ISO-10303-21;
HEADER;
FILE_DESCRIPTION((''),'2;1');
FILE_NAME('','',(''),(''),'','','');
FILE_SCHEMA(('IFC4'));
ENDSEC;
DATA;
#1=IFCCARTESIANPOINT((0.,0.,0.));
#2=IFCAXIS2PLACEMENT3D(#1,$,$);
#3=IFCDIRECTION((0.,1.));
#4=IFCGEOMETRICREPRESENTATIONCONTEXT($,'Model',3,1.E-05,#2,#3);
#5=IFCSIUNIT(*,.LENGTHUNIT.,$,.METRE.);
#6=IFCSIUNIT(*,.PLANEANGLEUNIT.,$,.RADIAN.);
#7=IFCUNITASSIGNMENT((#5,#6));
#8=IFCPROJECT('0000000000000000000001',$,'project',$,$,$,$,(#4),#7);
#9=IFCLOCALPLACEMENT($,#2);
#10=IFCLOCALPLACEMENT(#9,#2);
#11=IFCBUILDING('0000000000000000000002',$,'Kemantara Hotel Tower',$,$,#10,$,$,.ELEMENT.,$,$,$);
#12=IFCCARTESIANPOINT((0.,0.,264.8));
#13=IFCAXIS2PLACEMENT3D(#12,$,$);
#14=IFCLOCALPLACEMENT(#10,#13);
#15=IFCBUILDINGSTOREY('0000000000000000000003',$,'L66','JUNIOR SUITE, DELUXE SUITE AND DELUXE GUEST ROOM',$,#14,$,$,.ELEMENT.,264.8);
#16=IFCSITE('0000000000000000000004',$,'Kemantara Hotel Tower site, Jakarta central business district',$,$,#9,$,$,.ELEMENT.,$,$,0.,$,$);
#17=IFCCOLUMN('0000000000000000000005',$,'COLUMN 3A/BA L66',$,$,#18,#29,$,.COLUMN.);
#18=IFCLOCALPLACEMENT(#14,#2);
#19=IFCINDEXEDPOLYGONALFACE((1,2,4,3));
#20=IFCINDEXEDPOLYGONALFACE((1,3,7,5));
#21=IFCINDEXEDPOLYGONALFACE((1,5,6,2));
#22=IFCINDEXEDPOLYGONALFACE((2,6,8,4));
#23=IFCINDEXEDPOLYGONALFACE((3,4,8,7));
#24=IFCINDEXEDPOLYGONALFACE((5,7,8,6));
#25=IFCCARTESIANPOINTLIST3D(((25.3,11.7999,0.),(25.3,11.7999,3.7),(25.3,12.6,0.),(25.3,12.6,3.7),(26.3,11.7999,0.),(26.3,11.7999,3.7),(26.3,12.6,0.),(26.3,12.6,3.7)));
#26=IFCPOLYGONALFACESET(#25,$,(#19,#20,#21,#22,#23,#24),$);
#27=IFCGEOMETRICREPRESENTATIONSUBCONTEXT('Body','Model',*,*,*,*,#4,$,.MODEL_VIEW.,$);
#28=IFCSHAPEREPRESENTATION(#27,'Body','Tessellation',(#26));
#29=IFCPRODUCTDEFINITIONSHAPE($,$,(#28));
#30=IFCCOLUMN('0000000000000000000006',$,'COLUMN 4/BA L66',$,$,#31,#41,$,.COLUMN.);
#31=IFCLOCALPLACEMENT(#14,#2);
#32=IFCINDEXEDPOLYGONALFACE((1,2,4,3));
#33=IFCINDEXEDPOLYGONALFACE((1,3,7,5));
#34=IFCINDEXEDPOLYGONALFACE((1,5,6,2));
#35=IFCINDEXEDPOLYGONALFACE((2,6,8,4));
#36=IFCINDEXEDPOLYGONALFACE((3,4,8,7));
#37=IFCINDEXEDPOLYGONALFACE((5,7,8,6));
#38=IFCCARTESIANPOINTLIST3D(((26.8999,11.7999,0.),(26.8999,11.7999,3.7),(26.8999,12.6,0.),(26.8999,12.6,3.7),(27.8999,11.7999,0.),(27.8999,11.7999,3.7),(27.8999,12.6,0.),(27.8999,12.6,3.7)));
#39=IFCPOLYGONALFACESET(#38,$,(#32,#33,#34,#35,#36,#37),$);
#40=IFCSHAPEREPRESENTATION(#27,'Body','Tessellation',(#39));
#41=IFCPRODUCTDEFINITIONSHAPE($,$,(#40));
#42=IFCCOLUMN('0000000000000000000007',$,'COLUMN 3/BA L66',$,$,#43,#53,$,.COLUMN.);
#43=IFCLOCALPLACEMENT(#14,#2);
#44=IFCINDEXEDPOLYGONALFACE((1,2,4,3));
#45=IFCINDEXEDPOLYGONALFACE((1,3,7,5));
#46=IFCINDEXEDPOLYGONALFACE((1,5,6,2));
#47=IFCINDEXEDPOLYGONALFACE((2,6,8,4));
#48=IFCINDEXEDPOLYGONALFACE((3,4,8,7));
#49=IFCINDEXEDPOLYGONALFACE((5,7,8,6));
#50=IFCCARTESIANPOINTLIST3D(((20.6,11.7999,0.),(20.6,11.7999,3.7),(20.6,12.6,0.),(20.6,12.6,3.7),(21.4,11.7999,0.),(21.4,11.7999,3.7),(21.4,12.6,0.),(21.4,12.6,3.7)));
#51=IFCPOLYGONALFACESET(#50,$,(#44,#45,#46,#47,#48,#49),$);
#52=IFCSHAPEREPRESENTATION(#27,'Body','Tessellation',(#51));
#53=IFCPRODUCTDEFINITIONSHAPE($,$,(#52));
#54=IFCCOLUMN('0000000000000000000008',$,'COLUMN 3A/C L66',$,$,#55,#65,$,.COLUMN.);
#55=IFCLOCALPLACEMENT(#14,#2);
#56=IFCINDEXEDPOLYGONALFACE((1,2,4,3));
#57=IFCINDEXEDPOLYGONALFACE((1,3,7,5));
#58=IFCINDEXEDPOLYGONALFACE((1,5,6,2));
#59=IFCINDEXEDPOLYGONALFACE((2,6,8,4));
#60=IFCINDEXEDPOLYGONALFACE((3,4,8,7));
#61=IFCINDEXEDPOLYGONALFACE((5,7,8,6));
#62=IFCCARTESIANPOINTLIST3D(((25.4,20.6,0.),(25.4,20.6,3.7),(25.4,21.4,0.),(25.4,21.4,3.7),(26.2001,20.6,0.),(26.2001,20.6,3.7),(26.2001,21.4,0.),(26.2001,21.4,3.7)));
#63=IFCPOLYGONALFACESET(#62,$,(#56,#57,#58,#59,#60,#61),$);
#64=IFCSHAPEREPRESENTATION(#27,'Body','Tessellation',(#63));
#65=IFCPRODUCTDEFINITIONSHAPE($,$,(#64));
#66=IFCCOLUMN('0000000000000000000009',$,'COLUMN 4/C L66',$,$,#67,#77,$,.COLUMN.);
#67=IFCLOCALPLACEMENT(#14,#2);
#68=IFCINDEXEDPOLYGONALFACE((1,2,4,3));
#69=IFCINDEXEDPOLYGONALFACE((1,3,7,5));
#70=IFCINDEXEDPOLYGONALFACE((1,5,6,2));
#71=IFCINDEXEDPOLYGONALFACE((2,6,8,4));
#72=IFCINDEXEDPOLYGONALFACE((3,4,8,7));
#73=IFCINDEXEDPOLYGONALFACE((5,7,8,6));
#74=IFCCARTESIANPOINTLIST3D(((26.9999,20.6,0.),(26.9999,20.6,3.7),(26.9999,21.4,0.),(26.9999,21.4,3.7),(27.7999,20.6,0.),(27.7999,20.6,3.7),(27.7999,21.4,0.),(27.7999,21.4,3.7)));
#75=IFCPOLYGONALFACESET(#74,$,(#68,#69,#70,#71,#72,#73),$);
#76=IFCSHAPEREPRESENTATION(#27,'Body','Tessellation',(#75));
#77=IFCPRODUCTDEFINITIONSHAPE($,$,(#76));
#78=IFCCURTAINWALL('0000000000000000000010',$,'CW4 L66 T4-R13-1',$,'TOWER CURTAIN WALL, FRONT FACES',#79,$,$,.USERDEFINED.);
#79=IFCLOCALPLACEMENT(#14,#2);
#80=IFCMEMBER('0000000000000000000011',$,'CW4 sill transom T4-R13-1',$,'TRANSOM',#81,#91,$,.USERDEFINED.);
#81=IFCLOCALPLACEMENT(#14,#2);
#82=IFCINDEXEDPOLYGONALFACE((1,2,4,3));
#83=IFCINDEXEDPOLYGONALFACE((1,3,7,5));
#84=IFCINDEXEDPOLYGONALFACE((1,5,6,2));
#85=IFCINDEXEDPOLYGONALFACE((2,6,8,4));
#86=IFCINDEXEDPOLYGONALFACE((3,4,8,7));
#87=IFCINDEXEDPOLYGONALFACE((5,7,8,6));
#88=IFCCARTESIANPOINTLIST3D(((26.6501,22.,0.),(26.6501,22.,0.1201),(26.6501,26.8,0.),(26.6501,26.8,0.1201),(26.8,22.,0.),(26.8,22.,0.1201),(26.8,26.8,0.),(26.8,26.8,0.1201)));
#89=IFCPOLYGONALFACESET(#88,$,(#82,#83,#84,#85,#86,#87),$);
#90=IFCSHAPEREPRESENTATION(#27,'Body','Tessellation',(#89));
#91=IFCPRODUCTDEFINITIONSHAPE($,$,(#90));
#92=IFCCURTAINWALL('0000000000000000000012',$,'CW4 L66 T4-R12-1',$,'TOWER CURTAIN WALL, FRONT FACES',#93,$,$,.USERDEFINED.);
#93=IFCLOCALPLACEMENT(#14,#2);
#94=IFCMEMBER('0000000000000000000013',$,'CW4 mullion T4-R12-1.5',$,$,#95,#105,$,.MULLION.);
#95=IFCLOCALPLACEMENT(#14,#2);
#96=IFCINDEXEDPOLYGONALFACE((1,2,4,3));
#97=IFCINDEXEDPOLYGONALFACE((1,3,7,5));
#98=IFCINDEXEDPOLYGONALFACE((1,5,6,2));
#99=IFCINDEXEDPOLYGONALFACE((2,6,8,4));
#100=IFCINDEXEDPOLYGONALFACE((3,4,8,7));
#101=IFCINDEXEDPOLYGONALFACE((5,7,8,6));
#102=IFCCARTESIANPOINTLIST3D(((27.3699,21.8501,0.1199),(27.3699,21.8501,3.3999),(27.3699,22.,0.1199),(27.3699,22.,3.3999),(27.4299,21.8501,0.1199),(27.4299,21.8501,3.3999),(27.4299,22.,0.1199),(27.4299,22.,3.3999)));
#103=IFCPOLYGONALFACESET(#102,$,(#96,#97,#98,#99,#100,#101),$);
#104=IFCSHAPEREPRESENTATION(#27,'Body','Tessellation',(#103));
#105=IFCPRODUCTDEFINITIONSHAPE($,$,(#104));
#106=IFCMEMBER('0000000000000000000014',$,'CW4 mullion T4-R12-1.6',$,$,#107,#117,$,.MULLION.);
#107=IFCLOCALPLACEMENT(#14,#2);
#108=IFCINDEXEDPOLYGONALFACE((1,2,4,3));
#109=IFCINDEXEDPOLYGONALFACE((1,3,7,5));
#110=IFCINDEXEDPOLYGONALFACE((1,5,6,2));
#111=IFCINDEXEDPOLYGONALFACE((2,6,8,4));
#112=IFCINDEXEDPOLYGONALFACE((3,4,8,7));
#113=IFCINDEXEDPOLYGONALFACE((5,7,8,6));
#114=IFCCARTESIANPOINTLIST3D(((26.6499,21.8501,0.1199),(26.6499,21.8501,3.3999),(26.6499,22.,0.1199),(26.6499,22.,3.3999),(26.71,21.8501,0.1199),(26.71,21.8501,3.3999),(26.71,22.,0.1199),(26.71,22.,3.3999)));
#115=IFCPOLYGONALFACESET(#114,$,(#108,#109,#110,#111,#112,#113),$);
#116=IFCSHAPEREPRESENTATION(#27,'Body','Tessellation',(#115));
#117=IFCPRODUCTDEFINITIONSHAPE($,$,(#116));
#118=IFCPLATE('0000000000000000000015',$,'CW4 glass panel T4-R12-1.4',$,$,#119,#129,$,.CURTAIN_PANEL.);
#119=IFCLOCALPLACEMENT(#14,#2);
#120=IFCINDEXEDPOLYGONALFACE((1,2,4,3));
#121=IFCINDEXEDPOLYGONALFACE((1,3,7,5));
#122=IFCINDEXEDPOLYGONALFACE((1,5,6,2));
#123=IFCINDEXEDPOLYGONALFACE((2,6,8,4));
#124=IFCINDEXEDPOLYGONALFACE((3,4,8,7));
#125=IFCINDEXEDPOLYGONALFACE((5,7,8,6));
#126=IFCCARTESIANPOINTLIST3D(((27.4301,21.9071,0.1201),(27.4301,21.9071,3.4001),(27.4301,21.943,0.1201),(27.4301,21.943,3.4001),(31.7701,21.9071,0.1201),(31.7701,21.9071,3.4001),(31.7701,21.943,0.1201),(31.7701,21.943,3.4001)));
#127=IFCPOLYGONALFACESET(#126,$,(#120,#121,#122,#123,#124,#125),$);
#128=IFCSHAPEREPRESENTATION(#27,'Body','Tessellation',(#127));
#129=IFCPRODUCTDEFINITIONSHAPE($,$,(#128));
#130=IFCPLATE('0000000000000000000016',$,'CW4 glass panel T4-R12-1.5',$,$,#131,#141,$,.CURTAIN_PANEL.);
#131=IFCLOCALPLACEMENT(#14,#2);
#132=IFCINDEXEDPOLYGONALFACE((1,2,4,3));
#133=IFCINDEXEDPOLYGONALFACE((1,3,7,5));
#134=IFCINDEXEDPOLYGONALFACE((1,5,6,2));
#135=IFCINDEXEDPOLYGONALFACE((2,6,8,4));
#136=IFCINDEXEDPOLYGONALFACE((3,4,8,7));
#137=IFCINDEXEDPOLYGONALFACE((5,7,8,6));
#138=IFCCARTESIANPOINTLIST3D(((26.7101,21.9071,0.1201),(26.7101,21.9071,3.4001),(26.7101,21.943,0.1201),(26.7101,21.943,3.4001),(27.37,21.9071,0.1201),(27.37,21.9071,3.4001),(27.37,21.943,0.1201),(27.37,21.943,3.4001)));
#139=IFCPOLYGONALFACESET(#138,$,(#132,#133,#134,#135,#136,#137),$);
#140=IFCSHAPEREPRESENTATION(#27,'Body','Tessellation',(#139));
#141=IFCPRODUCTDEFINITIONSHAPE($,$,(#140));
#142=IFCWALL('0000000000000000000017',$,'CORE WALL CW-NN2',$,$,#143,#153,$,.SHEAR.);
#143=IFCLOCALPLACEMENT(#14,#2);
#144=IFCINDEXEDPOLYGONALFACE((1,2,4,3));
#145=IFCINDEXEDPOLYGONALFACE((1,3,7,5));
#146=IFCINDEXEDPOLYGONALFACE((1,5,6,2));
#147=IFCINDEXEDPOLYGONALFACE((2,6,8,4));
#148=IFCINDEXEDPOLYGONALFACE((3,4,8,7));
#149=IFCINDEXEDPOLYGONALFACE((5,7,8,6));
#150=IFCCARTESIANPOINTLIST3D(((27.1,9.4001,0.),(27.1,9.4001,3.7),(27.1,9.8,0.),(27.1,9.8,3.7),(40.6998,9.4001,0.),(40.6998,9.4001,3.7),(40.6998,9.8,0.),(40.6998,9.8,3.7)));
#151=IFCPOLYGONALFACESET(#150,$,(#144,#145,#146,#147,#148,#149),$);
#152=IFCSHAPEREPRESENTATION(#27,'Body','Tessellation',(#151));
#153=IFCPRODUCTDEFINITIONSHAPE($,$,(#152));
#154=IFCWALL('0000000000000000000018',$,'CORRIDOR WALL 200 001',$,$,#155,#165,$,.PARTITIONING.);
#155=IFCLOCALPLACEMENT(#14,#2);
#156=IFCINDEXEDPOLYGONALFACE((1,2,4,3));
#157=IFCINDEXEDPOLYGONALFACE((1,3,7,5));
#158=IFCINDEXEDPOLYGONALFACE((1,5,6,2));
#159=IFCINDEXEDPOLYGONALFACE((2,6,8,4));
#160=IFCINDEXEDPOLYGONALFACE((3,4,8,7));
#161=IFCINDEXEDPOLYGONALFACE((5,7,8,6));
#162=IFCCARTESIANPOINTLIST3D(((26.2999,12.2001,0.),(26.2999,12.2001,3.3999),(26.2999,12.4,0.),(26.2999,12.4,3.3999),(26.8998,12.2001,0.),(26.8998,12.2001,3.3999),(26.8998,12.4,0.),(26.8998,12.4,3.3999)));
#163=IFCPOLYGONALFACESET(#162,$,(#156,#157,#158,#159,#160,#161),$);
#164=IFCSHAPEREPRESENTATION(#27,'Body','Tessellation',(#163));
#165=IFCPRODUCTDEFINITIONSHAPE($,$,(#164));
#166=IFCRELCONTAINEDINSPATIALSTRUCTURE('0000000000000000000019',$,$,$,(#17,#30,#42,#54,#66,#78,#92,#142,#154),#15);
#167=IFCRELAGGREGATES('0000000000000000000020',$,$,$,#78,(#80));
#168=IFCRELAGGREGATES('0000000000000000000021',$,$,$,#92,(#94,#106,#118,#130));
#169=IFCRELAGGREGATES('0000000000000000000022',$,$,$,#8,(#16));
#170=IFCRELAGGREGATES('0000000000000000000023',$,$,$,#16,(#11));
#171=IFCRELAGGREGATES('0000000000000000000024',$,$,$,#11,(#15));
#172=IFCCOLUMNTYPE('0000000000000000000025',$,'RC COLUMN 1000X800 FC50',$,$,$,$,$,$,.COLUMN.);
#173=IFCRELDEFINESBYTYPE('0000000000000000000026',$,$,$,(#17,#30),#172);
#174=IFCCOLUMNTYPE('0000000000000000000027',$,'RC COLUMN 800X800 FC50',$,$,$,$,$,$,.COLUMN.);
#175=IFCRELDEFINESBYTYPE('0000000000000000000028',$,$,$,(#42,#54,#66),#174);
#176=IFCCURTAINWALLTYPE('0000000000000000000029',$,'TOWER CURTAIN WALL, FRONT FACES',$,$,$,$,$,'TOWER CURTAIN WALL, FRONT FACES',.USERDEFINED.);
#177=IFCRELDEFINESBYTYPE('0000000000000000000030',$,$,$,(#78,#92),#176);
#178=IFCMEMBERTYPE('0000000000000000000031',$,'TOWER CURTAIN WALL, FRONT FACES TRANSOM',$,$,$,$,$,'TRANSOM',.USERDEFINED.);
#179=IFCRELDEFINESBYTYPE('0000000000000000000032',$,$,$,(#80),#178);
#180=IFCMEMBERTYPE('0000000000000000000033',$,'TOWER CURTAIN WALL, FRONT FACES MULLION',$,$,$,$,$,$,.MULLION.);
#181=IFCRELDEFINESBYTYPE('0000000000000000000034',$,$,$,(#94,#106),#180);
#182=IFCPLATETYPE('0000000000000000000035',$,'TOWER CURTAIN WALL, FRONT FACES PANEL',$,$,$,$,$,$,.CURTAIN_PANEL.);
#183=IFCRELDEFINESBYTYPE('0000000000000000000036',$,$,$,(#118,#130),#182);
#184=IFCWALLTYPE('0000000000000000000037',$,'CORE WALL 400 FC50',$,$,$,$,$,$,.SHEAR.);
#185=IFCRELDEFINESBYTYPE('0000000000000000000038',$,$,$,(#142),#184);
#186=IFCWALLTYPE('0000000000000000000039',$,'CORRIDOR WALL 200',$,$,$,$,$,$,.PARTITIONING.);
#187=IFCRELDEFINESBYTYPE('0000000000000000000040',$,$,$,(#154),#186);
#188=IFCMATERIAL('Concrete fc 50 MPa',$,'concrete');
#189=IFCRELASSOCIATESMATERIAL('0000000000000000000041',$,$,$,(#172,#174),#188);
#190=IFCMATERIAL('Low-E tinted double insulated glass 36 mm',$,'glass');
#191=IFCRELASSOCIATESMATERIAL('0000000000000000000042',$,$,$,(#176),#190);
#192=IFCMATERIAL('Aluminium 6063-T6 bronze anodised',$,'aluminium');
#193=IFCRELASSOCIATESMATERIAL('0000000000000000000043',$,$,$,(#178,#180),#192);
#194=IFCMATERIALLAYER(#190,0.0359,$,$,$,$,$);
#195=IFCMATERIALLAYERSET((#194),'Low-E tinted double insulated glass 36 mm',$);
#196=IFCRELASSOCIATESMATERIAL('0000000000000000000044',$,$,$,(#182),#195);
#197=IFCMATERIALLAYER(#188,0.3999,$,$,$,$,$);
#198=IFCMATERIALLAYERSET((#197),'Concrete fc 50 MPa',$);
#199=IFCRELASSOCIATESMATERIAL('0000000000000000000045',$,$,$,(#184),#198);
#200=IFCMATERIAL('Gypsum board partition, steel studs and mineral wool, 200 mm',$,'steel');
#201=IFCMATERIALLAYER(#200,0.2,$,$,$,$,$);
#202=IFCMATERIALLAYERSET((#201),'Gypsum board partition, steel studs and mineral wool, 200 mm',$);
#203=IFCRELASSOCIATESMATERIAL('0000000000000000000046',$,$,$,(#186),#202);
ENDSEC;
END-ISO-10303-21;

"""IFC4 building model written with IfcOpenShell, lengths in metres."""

from ifc_helpers import new_model, si_unit, direction, frame, frame_2d, origin, origin_2d, place, context, subcontext, project, spatial, rectangle, extrude, source, transform, mapped, material, layer, layer_set, material_profile, profile_set, type_object, element, aggregate, save


model = new_model("IFC4")

# Units and contexts
model_context = context("Model", 3, precision=1e-05, world=origin(), true_north=direction((0.0, 1.0)))
body_context = subcontext(model_context, "Body", "Model", "MODEL_VIEW")
ifc_project = project(units=[si_unit("LENGTHUNIT", "METRE"), si_unit("PLANEANGLEUNIT", "RADIAN")], contexts=[model_context])

# Site, building, storey
site_placement = place(None, origin())
site = spatial("IfcSite", under=ifc_project, at=site_placement, Name="Kemantara Hotel Tower site, Jakarta central business district", CompositionType="ELEMENT", RefElevation=0.0)
building_placement = place(site_placement, origin())
building = spatial("IfcBuilding", under=site, at=building_placement, Name="Kemantara Hotel Tower", CompositionType="ELEMENT")
storey_placement = place(building_placement, frame((0.0, 0.0, 264.8)))
storey = spatial("IfcBuildingStorey", under=building, at=storey_placement, Name="L66", Description="JUNIOR SUITE, DELUXE SUITE AND DELUXE GUEST ROOM", CompositionType="ELEMENT", Elevation=264.8)

# Columns
ifc_material_1 = material(Name="Concrete fc 50 MPa", Category="concrete")
ifc_material_profile_1 = material_profile(ifc_material_1, rectangle(XDim=1.0, YDim=0.8, at=origin_2d()), Name="RC 1000X800")
ifc_profile_set_1 = profile_set([ifc_material_profile_1], Name="Concrete fc 50 MPa")
column_type_1 = type_object("IfcColumnType", Name="RC COLUMN 1000X800 FC50", PredefinedType="COLUMN", material=ifc_profile_set_1)
for number, where, z_axis, x_axis, name in (
    (1, (25.8, 12.2, 0.0), (0.0, 0.0, 1.0), (1.0, 0.0, 0.0), "COLUMN 3A/BA L66"),
    (2, (27.3999, 12.2, 0.0), (0.0, 0.0, 1.0), (1.0, 0.0, 0.0), "COLUMN 4/BA L66"),
):
    element("IfcColumn", number, at=place(storey_placement, frame(where, z_axis=z_axis, x_axis=x_axis)), inside=storey, type_object=column_type_1, Name=name, PredefinedType="COLUMN", context=body_context, shape_type="SweptSolid", body=[
        extrude(rectangle(XDim=1.0, YDim=0.8, at=origin_2d()), origin(), (0.0, 0.0, 1.0), 3.7),
    ])
ifc_material_profile_2 = material_profile(ifc_material_1, rectangle(XDim=0.8, YDim=0.8, at=origin_2d()), Name="RC 800X800")
ifc_profile_set_2 = profile_set([ifc_material_profile_2], Name="Concrete fc 50 MPa")
column_type_2 = type_object("IfcColumnType", Name="RC COLUMN 800X800 FC50", PredefinedType="COLUMN", material=ifc_profile_set_2)
for number, where, z_axis, x_axis, name in (
    (3, (21.0, 12.2, 0.0), (0.0, 0.0, 1.0), (1.0, 0.0, 0.0), "COLUMN 3/BA L66"),
    (4, (25.8, 21.0, 0.0), (0.0, 0.0, 1.0), (1.0, 0.0, 0.0), "COLUMN 3A/C L66"),
    (5, (27.3999, 21.0, 0.0), (0.0, 0.0, 1.0), (1.0, 0.0, 0.0), "COLUMN 4/C L66"),
):
    element("IfcColumn", number, at=place(storey_placement, frame(where, z_axis=z_axis, x_axis=x_axis)), inside=storey, type_object=column_type_2, Name=name, PredefinedType="COLUMN", context=body_context, shape_type="SweptSolid", body=[
        extrude(rectangle(XDim=0.8, YDim=0.8, at=origin_2d()), origin(), (0.0, 0.0, 1.0), 3.7),
    ])

# Curtain wall, member
ifc_material_2 = material(Name="Low-E tinted double insulated glass 36 mm", Category="glass")
curtain_wall_type = type_object("IfcCurtainWallType", Name="TOWER CURTAIN WALL, FRONT FACES", ElementType="TOWER CURTAIN WALL, FRONT FACES", PredefinedType="USERDEFINED", material=ifc_material_2)
curtain_wall_1_placement = place(storey_placement, origin())
curtain_wall_1 = element("IfcCurtainWall", 6, at=curtain_wall_1_placement, inside=storey, type_object=curtain_wall_type, Name="CW4 L66 T4-R13-1", ObjectType="TOWER CURTAIN WALL, FRONT FACES", PredefinedType="USERDEFINED")
ifc_material_3 = material(Name="Aluminium 6063-T6 bronze anodised", Category="aluminium")
ifc_material_profile_3 = material_profile(ifc_material_3, rectangle(XDim=0.1499, YDim=0.1201, at=origin_2d()), Name="TOWER CURTAIN WALL, FRONT FACES TRANSOM")
ifc_profile_set_3 = profile_set([ifc_material_profile_3], Name="Aluminium 6063-T6 bronze anodised")
member_type_1 = type_object("IfcMemberType", Name="TOWER CURTAIN WALL, FRONT FACES TRANSOM", ElementType="TRANSOM", PredefinedType="USERDEFINED", material=ifc_profile_set_3)
member_1_placement = place(storey_placement, frame((26.7251, 22.0, 0.0601), z_axis=(0.0, 1.0, 0.0), x_axis=(-1.0, 0.0, 0.0)))
member_1 = element("IfcMember", 7, at=member_1_placement, type_object=member_type_1, Name="CW4 sill transom T4-R13-1", ObjectType="TRANSOM", PredefinedType="USERDEFINED", context=body_context, shape_type="SweptSolid", body=[
    extrude(rectangle(XDim=0.1499, YDim=0.1201, at=origin_2d()), origin(), (0.0, 0.0, 1.0), 4.8),
])
aggregate(curtain_wall_1, [member_1])

# Curtain wall, members, plates
curtain_wall_2_placement = place(storey_placement, origin())
curtain_wall_2 = element("IfcCurtainWall", 8, at=curtain_wall_2_placement, inside=storey, type_object=curtain_wall_type, Name="CW4 L66 T4-R12-1", ObjectType="TOWER CURTAIN WALL, FRONT FACES", PredefinedType="USERDEFINED")
ifc_material_profile_4 = material_profile(ifc_material_3, rectangle(XDim=0.1499, YDim=0.0601, at=origin_2d()), Name="TOWER CURTAIN WALL, FRONT FACES MULLION")
ifc_profile_set_4 = profile_set([ifc_material_profile_4], Name="Aluminium 6063-T6 bronze anodised")
member_type_2 = type_object("IfcMemberType", Name="TOWER CURTAIN WALL, FRONT FACES MULLION", PredefinedType="MULLION", material=ifc_profile_set_4)
shared_shape_1 = source(origin(), body_context, "Body", "SweptSolid", [
    extrude(rectangle(XDim=0.1499, YDim=0.0601, at=origin_2d()), origin(), (0.0, 0.0, 1.0), 3.28),
])
member_2_placement = place(storey_placement, frame((27.3999, 21.925, 0.1199), z_axis=(0.0, 0.0, 1.0), x_axis=(0.0, -1.0, 0.0)))
member_2 = element("IfcMember", 9, at=member_2_placement, type_object=member_type_2, Name="CW4 mullion T4-R12-1.5", PredefinedType="MULLION", context=body_context, shape_type="MappedRepresentation", body=[
    mapped(shared_shape_1, transform((0.0, 0.0, 0.0))),
])
member_3_placement = place(storey_placement, frame((26.6799, 21.925, 0.1199), z_axis=(0.0, 0.0, 1.0), x_axis=(0.0, -1.0, 0.0)))
member_3 = element("IfcMember", 10, at=member_3_placement, type_object=member_type_2, Name="CW4 mullion T4-R12-1.6", PredefinedType="MULLION", context=body_context, shape_type="MappedRepresentation", body=[
    mapped(shared_shape_1, transform((0.0, 0.0, 0.0))),
])
ifc_layer_1 = layer(ifc_material_2, 0.0359)
ifc_layer_set_1 = layer_set([ifc_layer_1], Name="Low-E tinted double insulated glass 36 mm")
plate_type = type_object("IfcPlateType", Name="TOWER CURTAIN WALL, FRONT FACES PANEL", PredefinedType="CURTAIN_PANEL", material=ifc_layer_set_1)
shared_shape_2 = source(origin(), body_context, "Body", "SweptSolid", [
    extrude(rectangle(XDim=4.3401, YDim=0.0359, at=origin_2d()), origin(), (0.0, 0.0, 1.0), 3.28),
])
plate_1_placement = place(storey_placement, frame((29.6001, 21.925, 0.1201), z_axis=(0.0, 0.0, 1.0), x_axis=(-1.0, 0.0, 0.0)))
plate_1 = element("IfcPlate", 11, at=plate_1_placement, type_object=plate_type, Name="CW4 glass panel T4-R12-1.4", PredefinedType="CURTAIN_PANEL", context=body_context, shape_type="MappedRepresentation", body=[
    mapped(shared_shape_2, transform((0.0, 0.0, 0.0))),
])
shared_shape_3 = source(origin(), body_context, "Body", "SweptSolid", [
    extrude(rectangle(XDim=0.6599, YDim=0.0359, at=origin_2d()), origin(), (0.0, 0.0, 1.0), 3.28),
])
plate_2_placement = place(storey_placement, frame((27.04, 21.925, 0.1201), z_axis=(0.0, 0.0, 1.0), x_axis=(-1.0, 0.0, 0.0)))
plate_2 = element("IfcPlate", 12, at=plate_2_placement, type_object=plate_type, Name="CW4 glass panel T4-R12-1.5", PredefinedType="CURTAIN_PANEL", context=body_context, shape_type="MappedRepresentation", body=[
    mapped(shared_shape_3, transform((0.0, 0.0, 0.0))),
])
aggregate(curtain_wall_2, [member_2, member_3, plate_1, plate_2])

# Walls
ifc_layer_2 = layer(ifc_material_1, 0.3999)
ifc_layer_set_2 = layer_set([ifc_layer_2], Name="Concrete fc 50 MPa")
wall_type_1 = type_object("IfcWallType", Name="CORE WALL 400 FC50", PredefinedType="SHEAR", material=ifc_layer_set_2)
wall_1_placement = place(storey_placement, frame((27.1001, 9.6001, 0.0), z_axis=(0.0, 0.0, 1.0), x_axis=(1.0, 0.0, 0.0)))
element("IfcWall", 13, at=wall_1_placement, inside=storey, type_object=wall_type_1, Name="CORE WALL CW-NN2", PredefinedType="SHEAR", context=body_context, shape_type="SweptSolid", body=[
    extrude(rectangle(XDim=13.5999, YDim=0.3999, at=frame_2d((6.7998, 0.0))), origin(), (0.0, 0.0, 1.0), 3.7),
])
ifc_material_4 = material(Name="Gypsum board partition, steel studs and mineral wool, 200 mm", Category="steel")
ifc_layer_3 = layer(ifc_material_4, 0.2)
ifc_layer_set_3 = layer_set([ifc_layer_3], Name="Gypsum board partition, steel studs and mineral wool, 200 mm")
wall_type_2 = type_object("IfcWallType", Name="CORRIDOR WALL 200", PredefinedType="PARTITIONING", material=ifc_layer_set_3)
wall_2_placement = place(storey_placement, frame((26.3, 12.3, 0.0), z_axis=(0.0, 0.0, 1.0), x_axis=(1.0, 0.0, 0.0)))
element("IfcWall", 14, at=wall_2_placement, inside=storey, type_object=wall_type_2, Name="CORRIDOR WALL 200 001", PredefinedType="PARTITIONING", context=body_context, shape_type="SweptSolid", body=[
    extrude(rectangle(XDim=0.5999, YDim=0.2, at=frame_2d((0.2998, 0.0))), origin(), (0.0, 0.0, 1.0), 3.3999),
])

save(model, "model.ifc")
